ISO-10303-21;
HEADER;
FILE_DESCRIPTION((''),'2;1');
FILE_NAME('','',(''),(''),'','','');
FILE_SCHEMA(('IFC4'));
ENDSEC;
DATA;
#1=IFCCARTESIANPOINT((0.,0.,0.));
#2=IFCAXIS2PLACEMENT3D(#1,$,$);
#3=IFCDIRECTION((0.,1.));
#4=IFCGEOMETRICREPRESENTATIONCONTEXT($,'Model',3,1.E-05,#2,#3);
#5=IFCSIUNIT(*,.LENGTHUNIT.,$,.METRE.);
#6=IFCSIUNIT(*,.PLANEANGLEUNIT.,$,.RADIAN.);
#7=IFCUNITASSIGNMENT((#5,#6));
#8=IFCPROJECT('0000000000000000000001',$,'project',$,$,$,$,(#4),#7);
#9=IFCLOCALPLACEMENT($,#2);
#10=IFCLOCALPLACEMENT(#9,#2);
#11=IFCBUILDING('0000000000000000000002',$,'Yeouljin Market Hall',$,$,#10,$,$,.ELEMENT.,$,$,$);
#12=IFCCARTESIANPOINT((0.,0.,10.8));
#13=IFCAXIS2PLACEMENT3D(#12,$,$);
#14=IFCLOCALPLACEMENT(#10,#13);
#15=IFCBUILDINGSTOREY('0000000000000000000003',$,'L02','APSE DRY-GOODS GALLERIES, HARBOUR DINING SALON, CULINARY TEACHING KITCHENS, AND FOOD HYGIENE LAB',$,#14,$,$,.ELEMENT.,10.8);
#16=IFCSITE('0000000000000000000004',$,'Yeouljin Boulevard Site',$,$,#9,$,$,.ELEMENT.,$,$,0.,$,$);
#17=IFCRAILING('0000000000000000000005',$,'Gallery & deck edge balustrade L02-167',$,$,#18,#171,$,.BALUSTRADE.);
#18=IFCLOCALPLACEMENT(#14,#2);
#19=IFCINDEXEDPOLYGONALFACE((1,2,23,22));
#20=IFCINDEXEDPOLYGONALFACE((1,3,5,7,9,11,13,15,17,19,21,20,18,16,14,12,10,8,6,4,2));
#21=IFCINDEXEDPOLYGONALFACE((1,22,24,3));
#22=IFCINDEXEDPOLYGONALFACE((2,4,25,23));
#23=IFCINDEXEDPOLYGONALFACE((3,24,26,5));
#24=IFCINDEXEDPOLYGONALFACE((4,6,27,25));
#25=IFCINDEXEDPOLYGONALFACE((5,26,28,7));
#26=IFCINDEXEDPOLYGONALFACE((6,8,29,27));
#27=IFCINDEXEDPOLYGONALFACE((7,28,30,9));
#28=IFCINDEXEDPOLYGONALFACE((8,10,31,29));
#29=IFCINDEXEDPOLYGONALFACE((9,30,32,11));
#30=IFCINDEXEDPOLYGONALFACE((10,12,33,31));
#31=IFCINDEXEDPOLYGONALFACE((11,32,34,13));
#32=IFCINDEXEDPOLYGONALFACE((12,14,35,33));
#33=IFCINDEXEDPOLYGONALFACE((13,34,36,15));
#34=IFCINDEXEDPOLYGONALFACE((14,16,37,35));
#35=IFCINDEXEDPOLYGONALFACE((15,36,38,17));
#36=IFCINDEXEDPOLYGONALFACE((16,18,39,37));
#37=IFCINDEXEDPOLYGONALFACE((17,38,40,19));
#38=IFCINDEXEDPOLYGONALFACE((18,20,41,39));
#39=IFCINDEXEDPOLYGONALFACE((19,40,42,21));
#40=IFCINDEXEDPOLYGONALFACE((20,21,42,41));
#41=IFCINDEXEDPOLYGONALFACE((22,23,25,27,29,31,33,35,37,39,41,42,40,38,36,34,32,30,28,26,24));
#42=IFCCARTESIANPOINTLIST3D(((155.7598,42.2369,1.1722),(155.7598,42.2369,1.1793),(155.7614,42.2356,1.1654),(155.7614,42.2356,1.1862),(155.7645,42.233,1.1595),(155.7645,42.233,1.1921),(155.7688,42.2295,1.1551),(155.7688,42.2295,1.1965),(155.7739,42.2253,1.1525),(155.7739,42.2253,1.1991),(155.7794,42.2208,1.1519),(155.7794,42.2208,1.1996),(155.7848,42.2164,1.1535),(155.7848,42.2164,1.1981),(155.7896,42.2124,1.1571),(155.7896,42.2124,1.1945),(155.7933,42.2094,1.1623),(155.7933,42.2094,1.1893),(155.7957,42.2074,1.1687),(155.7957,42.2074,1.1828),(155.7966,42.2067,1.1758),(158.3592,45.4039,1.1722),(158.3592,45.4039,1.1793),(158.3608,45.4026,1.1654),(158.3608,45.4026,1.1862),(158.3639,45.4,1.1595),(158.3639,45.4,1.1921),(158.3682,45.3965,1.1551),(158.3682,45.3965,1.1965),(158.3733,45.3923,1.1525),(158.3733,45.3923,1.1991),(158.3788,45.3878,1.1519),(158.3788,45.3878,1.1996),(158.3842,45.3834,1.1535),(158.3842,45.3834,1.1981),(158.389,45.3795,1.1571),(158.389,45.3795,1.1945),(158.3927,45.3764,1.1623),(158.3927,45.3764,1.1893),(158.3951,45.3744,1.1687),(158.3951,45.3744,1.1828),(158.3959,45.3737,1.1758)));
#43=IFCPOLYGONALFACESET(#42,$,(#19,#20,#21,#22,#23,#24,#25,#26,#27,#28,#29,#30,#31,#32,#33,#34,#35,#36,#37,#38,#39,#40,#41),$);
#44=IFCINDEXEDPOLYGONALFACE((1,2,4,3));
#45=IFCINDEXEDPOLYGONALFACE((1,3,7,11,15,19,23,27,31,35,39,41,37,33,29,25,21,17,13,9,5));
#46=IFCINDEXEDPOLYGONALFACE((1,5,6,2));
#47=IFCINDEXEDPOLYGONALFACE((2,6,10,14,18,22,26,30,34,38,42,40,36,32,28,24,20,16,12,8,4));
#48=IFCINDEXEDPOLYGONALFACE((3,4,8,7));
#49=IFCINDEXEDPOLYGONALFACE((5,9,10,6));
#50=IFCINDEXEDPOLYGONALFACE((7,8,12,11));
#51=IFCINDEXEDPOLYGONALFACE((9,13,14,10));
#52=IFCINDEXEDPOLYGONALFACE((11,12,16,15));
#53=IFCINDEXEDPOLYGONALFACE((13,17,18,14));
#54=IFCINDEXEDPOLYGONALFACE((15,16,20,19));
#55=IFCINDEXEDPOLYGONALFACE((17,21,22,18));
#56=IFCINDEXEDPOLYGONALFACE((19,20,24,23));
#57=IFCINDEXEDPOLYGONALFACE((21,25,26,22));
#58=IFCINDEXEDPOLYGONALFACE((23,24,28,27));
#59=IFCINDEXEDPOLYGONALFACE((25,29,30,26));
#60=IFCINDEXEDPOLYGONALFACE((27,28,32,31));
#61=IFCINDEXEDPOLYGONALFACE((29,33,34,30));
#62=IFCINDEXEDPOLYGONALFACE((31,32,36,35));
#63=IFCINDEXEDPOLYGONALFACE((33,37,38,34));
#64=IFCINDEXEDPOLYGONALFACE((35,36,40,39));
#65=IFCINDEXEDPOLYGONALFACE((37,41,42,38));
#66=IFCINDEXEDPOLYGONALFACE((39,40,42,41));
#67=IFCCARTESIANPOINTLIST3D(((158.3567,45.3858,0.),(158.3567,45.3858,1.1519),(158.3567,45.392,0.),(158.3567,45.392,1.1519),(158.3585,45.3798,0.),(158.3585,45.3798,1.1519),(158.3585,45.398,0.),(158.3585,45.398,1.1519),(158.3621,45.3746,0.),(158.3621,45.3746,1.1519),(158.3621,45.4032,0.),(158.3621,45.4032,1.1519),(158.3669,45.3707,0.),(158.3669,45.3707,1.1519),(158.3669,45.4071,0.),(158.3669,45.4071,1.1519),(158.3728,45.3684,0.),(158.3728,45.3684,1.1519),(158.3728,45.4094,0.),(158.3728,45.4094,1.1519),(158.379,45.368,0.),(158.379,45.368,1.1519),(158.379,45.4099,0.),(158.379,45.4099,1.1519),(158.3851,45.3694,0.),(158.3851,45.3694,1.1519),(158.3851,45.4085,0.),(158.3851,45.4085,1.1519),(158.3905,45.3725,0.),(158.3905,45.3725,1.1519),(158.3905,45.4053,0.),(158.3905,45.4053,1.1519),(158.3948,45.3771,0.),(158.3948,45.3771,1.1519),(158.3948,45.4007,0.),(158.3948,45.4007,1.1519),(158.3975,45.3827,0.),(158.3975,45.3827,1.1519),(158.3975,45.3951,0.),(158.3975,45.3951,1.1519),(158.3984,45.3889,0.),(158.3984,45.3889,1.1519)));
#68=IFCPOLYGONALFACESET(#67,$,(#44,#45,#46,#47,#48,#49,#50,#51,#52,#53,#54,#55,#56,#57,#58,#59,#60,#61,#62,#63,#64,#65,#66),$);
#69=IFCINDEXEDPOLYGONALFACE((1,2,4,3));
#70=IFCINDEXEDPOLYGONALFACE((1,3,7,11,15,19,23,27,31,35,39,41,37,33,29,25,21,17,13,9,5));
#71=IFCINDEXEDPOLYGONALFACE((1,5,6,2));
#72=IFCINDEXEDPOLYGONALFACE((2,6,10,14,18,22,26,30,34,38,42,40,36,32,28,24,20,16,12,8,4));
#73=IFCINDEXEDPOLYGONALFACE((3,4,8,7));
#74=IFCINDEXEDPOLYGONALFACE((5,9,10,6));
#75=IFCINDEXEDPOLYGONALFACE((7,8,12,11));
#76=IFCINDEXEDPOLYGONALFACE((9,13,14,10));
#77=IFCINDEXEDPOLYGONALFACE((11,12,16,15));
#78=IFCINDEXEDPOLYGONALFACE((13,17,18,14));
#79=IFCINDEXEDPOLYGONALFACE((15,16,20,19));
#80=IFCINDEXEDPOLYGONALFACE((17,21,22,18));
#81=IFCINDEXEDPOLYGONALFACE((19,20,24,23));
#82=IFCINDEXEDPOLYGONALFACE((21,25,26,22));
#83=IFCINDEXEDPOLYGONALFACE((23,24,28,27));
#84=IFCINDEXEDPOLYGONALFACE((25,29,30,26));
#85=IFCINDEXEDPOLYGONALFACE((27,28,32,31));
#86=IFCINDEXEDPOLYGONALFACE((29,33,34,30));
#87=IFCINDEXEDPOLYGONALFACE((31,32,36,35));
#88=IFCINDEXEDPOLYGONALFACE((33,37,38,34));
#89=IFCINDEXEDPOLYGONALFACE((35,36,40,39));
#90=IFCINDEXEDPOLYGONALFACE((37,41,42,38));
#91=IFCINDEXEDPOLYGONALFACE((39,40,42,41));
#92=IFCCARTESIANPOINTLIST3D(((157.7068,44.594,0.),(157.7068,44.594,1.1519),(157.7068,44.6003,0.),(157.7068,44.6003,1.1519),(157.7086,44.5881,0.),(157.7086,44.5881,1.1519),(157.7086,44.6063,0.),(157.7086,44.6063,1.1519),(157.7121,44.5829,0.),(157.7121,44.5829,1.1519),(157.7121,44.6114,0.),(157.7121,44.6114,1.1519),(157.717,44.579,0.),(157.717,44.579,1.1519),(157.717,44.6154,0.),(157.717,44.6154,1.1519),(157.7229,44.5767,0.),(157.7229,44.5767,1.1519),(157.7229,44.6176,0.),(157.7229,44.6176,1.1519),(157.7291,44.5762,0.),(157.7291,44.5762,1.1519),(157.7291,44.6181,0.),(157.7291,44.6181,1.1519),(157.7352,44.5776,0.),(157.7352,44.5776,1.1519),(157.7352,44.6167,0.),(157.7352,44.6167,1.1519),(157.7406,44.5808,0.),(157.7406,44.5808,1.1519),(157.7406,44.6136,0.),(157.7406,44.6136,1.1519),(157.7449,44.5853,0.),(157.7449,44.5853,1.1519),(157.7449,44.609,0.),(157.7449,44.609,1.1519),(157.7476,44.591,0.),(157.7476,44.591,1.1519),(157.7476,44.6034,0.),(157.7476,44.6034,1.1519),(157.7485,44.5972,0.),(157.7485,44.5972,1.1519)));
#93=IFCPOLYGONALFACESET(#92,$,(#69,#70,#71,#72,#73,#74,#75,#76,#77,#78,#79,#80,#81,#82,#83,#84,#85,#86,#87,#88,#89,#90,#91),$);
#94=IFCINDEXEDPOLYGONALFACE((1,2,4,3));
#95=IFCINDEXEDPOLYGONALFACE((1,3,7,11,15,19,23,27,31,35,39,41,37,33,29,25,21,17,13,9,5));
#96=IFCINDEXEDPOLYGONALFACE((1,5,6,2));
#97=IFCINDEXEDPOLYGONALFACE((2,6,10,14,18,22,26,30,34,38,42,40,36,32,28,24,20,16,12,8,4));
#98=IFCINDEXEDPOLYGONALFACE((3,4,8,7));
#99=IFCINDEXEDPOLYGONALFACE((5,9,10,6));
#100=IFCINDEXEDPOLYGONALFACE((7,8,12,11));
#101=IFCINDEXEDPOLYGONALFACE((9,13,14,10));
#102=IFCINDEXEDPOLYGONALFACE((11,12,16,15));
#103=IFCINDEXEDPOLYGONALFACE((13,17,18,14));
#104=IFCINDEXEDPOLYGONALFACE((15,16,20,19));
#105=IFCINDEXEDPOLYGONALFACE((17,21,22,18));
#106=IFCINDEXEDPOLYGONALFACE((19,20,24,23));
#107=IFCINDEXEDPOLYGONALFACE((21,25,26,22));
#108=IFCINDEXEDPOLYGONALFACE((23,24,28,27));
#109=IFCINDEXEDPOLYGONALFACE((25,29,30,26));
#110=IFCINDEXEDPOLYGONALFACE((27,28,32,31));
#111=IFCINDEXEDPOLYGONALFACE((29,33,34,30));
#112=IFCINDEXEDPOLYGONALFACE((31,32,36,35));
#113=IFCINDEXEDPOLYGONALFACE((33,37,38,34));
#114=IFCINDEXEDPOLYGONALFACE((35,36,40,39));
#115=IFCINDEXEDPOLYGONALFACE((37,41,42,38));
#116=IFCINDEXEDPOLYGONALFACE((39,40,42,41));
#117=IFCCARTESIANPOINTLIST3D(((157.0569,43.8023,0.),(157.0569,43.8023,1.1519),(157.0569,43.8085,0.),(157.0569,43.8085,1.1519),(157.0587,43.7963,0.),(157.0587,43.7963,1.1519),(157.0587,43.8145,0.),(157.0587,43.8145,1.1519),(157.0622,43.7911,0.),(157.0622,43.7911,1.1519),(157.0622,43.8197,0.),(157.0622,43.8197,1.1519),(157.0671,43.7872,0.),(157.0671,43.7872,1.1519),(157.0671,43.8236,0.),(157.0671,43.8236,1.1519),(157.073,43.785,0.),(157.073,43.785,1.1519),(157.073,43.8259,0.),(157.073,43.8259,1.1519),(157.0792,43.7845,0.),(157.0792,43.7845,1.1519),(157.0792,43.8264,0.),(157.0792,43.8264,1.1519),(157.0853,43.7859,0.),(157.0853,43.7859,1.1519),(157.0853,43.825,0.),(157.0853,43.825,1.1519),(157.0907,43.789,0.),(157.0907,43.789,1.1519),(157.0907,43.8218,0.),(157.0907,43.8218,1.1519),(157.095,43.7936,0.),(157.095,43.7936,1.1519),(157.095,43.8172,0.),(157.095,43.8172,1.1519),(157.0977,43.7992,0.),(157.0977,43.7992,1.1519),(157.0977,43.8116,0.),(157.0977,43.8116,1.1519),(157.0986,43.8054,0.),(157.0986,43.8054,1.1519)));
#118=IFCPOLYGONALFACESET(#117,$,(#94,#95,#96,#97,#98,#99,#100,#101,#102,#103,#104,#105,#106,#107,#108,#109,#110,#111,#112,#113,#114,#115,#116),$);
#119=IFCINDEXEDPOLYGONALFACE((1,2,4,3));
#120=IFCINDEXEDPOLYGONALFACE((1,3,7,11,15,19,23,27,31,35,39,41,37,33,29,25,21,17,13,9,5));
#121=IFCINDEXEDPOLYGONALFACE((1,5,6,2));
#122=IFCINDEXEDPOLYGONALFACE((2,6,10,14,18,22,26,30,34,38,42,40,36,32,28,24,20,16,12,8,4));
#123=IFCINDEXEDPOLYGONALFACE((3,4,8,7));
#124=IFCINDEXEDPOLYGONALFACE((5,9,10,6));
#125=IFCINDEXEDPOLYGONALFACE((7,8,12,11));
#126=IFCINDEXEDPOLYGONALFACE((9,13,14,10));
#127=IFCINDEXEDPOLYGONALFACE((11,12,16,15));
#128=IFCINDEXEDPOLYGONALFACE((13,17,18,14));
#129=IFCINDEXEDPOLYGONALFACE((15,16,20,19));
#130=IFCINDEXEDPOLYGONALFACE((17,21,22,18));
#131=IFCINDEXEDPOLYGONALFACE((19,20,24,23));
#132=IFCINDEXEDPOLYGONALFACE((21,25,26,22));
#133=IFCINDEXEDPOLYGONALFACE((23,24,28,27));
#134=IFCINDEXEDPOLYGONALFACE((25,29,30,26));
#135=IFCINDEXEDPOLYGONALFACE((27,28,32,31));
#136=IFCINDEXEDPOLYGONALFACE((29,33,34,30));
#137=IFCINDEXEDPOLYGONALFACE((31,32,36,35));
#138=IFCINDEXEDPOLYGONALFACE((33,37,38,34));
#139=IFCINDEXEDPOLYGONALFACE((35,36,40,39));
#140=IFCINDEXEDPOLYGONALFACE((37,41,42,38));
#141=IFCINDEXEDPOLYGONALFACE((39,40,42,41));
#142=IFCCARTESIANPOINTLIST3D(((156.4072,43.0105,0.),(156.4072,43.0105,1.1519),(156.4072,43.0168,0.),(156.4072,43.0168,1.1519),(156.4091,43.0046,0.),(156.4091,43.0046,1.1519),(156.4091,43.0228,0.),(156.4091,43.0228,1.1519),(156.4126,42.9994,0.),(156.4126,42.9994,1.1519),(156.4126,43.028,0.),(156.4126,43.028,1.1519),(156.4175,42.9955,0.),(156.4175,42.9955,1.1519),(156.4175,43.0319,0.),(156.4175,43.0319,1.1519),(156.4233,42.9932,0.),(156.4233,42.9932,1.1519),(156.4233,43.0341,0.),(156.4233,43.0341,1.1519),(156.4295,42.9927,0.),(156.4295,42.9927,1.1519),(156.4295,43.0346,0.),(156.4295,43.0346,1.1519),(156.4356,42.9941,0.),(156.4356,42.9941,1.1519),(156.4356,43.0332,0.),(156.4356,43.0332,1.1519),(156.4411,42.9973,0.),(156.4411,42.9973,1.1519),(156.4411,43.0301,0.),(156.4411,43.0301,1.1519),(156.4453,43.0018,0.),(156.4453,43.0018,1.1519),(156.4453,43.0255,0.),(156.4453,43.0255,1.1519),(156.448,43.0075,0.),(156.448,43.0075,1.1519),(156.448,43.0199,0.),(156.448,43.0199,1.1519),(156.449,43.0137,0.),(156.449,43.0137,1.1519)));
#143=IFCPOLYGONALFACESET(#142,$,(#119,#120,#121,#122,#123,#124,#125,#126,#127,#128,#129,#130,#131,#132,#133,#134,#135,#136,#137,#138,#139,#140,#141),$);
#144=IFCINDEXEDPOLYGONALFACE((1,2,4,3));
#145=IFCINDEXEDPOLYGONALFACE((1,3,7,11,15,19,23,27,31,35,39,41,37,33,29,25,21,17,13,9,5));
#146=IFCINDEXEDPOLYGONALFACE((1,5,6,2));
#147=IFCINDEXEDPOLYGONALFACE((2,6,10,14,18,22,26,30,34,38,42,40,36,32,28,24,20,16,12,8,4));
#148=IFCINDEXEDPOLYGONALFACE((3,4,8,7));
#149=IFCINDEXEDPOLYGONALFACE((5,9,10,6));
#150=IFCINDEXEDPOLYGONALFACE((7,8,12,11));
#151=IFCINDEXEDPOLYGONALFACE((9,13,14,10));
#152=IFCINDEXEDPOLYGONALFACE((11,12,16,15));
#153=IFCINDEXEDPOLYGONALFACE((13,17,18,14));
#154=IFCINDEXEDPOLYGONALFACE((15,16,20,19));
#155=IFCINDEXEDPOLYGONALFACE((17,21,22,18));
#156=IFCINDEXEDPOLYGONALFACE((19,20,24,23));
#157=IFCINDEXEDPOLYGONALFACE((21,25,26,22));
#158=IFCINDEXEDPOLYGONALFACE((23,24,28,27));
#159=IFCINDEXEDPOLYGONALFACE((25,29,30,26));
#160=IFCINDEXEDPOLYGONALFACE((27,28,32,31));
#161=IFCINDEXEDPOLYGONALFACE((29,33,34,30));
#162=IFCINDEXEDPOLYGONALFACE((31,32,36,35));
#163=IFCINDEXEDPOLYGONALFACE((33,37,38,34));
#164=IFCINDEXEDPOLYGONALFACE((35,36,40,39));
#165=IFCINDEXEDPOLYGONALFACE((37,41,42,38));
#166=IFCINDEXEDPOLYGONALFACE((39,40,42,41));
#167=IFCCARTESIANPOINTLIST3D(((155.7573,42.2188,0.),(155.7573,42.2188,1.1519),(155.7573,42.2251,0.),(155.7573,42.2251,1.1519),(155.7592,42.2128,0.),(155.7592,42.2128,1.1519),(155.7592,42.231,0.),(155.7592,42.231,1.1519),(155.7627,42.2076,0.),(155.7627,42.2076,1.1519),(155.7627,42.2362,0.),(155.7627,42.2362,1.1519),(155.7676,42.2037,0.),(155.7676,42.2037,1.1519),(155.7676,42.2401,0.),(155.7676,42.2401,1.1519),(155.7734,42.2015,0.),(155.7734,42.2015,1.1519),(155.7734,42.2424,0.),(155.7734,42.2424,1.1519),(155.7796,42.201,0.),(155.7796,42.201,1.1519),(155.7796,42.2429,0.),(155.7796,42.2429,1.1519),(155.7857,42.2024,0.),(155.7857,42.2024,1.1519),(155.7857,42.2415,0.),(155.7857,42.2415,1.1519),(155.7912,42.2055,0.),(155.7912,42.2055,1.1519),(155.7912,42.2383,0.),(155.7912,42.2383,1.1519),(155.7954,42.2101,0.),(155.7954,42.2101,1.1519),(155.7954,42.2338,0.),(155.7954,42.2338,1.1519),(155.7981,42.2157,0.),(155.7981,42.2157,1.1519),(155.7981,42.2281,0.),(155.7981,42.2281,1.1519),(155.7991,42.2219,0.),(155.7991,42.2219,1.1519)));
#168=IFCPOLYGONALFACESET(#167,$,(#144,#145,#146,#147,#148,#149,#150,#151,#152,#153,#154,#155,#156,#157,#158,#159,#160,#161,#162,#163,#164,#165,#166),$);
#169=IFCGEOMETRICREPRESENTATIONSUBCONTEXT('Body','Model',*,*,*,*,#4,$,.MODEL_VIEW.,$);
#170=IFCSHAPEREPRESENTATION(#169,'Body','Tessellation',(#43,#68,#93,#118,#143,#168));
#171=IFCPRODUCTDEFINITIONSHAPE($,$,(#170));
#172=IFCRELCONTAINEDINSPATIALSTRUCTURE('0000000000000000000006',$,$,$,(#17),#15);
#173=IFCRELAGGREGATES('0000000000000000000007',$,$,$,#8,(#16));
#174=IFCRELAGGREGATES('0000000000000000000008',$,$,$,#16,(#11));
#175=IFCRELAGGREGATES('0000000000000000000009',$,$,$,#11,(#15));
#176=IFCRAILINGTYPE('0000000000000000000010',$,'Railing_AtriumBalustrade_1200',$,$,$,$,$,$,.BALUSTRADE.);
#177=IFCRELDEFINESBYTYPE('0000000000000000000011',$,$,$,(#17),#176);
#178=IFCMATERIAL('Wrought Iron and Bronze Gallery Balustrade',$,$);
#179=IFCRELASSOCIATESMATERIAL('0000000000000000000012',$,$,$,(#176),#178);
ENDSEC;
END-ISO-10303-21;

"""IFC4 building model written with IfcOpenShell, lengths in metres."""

from ifc_helpers import new_model, si_unit, direction, frame, origin, origin_2d, place, context, subcontext, project, spatial, circle, extrude, material, type_object, element, save


model = new_model("IFC4")

# Units and contexts
model_context = context("Model", 3, precision=1e-05, world=origin(), true_north=direction((0.0, 1.0)))
body_context = subcontext(model_context, "Body", "Model", "MODEL_VIEW")
ifc_project = project(units=[si_unit("LENGTHUNIT", "METRE"), si_unit("PLANEANGLEUNIT", "RADIAN")], contexts=[model_context])

# Site, building, storey
site_placement = place(None, origin())
site = spatial("IfcSite", under=ifc_project, at=site_placement, Name="Yeouljin Boulevard Site", CompositionType="ELEMENT", RefElevation=0.0)
building_placement = place(site_placement, origin())
building = spatial("IfcBuilding", under=site, at=building_placement, Name="Yeouljin Market Hall", CompositionType="ELEMENT")
storey_placement = place(building_placement, frame((0.0, 0.0, 10.8)))
storey = spatial("IfcBuildingStorey", under=building, at=storey_placement, Name="L02", Description="APSE DRY-GOODS GALLERIES, HARBOUR DINING SALON, CULINARY TEACHING KITCHENS, AND FOOD HYGIENE LAB", CompositionType="ELEMENT", Elevation=10.8)

# Railing
ifc_material_1 = material(Name="Wrought Iron and Bronze Gallery Balustrade")
railing_type = type_object("IfcRailingType", Name="Railing_AtriumBalustrade_1200", PredefinedType="BALUSTRADE", material=ifc_material_1)
railing_1_placement = place(storey_placement, frame((158.3774, 45.3889, 0.0)))
element("IfcRailing", 1, at=railing_1_placement, inside=storey, type_object=railing_type, Name="Gallery & deck edge balustrade L02-167", PredefinedType="BALUSTRADE", context=body_context, shape_type="SweptSolid", body=[
    extrude(circle(Radius=0.0239, at=origin_2d()), frame((0.0, 0.0, 1.1758), z_axis=(-0.634434, -0.772977, 0.0), x_axis=(0.772977, -0.634434, 0.0)), (0.0, 0.0, 1.0), 4.0972),
    extrude(circle(Radius=0.021, at=origin_2d()), origin(), (0.0, 0.0, 1.0), 1.1519),
    extrude(circle(Radius=0.021, at=origin_2d()), frame((-0.6499, -0.7917, 0.0)), (0.0, 0.0, 1.0), 1.1519),
    extrude(circle(Radius=0.021, at=origin_2d()), frame((-1.2998, -1.5835, 0.0)), (0.0, 0.0, 1.0), 1.1519),
    extrude(circle(Radius=0.021, at=origin_2d()), frame((-1.9495, -2.3752, 0.0)), (0.0, 0.0, 1.0), 1.1519),
    extrude(circle(Radius=0.021, at=origin_2d()), frame((-2.5994, -3.167, 0.0)), (0.0, 0.0, 1.0), 1.1519),
])

save(model, "model.ifc")
